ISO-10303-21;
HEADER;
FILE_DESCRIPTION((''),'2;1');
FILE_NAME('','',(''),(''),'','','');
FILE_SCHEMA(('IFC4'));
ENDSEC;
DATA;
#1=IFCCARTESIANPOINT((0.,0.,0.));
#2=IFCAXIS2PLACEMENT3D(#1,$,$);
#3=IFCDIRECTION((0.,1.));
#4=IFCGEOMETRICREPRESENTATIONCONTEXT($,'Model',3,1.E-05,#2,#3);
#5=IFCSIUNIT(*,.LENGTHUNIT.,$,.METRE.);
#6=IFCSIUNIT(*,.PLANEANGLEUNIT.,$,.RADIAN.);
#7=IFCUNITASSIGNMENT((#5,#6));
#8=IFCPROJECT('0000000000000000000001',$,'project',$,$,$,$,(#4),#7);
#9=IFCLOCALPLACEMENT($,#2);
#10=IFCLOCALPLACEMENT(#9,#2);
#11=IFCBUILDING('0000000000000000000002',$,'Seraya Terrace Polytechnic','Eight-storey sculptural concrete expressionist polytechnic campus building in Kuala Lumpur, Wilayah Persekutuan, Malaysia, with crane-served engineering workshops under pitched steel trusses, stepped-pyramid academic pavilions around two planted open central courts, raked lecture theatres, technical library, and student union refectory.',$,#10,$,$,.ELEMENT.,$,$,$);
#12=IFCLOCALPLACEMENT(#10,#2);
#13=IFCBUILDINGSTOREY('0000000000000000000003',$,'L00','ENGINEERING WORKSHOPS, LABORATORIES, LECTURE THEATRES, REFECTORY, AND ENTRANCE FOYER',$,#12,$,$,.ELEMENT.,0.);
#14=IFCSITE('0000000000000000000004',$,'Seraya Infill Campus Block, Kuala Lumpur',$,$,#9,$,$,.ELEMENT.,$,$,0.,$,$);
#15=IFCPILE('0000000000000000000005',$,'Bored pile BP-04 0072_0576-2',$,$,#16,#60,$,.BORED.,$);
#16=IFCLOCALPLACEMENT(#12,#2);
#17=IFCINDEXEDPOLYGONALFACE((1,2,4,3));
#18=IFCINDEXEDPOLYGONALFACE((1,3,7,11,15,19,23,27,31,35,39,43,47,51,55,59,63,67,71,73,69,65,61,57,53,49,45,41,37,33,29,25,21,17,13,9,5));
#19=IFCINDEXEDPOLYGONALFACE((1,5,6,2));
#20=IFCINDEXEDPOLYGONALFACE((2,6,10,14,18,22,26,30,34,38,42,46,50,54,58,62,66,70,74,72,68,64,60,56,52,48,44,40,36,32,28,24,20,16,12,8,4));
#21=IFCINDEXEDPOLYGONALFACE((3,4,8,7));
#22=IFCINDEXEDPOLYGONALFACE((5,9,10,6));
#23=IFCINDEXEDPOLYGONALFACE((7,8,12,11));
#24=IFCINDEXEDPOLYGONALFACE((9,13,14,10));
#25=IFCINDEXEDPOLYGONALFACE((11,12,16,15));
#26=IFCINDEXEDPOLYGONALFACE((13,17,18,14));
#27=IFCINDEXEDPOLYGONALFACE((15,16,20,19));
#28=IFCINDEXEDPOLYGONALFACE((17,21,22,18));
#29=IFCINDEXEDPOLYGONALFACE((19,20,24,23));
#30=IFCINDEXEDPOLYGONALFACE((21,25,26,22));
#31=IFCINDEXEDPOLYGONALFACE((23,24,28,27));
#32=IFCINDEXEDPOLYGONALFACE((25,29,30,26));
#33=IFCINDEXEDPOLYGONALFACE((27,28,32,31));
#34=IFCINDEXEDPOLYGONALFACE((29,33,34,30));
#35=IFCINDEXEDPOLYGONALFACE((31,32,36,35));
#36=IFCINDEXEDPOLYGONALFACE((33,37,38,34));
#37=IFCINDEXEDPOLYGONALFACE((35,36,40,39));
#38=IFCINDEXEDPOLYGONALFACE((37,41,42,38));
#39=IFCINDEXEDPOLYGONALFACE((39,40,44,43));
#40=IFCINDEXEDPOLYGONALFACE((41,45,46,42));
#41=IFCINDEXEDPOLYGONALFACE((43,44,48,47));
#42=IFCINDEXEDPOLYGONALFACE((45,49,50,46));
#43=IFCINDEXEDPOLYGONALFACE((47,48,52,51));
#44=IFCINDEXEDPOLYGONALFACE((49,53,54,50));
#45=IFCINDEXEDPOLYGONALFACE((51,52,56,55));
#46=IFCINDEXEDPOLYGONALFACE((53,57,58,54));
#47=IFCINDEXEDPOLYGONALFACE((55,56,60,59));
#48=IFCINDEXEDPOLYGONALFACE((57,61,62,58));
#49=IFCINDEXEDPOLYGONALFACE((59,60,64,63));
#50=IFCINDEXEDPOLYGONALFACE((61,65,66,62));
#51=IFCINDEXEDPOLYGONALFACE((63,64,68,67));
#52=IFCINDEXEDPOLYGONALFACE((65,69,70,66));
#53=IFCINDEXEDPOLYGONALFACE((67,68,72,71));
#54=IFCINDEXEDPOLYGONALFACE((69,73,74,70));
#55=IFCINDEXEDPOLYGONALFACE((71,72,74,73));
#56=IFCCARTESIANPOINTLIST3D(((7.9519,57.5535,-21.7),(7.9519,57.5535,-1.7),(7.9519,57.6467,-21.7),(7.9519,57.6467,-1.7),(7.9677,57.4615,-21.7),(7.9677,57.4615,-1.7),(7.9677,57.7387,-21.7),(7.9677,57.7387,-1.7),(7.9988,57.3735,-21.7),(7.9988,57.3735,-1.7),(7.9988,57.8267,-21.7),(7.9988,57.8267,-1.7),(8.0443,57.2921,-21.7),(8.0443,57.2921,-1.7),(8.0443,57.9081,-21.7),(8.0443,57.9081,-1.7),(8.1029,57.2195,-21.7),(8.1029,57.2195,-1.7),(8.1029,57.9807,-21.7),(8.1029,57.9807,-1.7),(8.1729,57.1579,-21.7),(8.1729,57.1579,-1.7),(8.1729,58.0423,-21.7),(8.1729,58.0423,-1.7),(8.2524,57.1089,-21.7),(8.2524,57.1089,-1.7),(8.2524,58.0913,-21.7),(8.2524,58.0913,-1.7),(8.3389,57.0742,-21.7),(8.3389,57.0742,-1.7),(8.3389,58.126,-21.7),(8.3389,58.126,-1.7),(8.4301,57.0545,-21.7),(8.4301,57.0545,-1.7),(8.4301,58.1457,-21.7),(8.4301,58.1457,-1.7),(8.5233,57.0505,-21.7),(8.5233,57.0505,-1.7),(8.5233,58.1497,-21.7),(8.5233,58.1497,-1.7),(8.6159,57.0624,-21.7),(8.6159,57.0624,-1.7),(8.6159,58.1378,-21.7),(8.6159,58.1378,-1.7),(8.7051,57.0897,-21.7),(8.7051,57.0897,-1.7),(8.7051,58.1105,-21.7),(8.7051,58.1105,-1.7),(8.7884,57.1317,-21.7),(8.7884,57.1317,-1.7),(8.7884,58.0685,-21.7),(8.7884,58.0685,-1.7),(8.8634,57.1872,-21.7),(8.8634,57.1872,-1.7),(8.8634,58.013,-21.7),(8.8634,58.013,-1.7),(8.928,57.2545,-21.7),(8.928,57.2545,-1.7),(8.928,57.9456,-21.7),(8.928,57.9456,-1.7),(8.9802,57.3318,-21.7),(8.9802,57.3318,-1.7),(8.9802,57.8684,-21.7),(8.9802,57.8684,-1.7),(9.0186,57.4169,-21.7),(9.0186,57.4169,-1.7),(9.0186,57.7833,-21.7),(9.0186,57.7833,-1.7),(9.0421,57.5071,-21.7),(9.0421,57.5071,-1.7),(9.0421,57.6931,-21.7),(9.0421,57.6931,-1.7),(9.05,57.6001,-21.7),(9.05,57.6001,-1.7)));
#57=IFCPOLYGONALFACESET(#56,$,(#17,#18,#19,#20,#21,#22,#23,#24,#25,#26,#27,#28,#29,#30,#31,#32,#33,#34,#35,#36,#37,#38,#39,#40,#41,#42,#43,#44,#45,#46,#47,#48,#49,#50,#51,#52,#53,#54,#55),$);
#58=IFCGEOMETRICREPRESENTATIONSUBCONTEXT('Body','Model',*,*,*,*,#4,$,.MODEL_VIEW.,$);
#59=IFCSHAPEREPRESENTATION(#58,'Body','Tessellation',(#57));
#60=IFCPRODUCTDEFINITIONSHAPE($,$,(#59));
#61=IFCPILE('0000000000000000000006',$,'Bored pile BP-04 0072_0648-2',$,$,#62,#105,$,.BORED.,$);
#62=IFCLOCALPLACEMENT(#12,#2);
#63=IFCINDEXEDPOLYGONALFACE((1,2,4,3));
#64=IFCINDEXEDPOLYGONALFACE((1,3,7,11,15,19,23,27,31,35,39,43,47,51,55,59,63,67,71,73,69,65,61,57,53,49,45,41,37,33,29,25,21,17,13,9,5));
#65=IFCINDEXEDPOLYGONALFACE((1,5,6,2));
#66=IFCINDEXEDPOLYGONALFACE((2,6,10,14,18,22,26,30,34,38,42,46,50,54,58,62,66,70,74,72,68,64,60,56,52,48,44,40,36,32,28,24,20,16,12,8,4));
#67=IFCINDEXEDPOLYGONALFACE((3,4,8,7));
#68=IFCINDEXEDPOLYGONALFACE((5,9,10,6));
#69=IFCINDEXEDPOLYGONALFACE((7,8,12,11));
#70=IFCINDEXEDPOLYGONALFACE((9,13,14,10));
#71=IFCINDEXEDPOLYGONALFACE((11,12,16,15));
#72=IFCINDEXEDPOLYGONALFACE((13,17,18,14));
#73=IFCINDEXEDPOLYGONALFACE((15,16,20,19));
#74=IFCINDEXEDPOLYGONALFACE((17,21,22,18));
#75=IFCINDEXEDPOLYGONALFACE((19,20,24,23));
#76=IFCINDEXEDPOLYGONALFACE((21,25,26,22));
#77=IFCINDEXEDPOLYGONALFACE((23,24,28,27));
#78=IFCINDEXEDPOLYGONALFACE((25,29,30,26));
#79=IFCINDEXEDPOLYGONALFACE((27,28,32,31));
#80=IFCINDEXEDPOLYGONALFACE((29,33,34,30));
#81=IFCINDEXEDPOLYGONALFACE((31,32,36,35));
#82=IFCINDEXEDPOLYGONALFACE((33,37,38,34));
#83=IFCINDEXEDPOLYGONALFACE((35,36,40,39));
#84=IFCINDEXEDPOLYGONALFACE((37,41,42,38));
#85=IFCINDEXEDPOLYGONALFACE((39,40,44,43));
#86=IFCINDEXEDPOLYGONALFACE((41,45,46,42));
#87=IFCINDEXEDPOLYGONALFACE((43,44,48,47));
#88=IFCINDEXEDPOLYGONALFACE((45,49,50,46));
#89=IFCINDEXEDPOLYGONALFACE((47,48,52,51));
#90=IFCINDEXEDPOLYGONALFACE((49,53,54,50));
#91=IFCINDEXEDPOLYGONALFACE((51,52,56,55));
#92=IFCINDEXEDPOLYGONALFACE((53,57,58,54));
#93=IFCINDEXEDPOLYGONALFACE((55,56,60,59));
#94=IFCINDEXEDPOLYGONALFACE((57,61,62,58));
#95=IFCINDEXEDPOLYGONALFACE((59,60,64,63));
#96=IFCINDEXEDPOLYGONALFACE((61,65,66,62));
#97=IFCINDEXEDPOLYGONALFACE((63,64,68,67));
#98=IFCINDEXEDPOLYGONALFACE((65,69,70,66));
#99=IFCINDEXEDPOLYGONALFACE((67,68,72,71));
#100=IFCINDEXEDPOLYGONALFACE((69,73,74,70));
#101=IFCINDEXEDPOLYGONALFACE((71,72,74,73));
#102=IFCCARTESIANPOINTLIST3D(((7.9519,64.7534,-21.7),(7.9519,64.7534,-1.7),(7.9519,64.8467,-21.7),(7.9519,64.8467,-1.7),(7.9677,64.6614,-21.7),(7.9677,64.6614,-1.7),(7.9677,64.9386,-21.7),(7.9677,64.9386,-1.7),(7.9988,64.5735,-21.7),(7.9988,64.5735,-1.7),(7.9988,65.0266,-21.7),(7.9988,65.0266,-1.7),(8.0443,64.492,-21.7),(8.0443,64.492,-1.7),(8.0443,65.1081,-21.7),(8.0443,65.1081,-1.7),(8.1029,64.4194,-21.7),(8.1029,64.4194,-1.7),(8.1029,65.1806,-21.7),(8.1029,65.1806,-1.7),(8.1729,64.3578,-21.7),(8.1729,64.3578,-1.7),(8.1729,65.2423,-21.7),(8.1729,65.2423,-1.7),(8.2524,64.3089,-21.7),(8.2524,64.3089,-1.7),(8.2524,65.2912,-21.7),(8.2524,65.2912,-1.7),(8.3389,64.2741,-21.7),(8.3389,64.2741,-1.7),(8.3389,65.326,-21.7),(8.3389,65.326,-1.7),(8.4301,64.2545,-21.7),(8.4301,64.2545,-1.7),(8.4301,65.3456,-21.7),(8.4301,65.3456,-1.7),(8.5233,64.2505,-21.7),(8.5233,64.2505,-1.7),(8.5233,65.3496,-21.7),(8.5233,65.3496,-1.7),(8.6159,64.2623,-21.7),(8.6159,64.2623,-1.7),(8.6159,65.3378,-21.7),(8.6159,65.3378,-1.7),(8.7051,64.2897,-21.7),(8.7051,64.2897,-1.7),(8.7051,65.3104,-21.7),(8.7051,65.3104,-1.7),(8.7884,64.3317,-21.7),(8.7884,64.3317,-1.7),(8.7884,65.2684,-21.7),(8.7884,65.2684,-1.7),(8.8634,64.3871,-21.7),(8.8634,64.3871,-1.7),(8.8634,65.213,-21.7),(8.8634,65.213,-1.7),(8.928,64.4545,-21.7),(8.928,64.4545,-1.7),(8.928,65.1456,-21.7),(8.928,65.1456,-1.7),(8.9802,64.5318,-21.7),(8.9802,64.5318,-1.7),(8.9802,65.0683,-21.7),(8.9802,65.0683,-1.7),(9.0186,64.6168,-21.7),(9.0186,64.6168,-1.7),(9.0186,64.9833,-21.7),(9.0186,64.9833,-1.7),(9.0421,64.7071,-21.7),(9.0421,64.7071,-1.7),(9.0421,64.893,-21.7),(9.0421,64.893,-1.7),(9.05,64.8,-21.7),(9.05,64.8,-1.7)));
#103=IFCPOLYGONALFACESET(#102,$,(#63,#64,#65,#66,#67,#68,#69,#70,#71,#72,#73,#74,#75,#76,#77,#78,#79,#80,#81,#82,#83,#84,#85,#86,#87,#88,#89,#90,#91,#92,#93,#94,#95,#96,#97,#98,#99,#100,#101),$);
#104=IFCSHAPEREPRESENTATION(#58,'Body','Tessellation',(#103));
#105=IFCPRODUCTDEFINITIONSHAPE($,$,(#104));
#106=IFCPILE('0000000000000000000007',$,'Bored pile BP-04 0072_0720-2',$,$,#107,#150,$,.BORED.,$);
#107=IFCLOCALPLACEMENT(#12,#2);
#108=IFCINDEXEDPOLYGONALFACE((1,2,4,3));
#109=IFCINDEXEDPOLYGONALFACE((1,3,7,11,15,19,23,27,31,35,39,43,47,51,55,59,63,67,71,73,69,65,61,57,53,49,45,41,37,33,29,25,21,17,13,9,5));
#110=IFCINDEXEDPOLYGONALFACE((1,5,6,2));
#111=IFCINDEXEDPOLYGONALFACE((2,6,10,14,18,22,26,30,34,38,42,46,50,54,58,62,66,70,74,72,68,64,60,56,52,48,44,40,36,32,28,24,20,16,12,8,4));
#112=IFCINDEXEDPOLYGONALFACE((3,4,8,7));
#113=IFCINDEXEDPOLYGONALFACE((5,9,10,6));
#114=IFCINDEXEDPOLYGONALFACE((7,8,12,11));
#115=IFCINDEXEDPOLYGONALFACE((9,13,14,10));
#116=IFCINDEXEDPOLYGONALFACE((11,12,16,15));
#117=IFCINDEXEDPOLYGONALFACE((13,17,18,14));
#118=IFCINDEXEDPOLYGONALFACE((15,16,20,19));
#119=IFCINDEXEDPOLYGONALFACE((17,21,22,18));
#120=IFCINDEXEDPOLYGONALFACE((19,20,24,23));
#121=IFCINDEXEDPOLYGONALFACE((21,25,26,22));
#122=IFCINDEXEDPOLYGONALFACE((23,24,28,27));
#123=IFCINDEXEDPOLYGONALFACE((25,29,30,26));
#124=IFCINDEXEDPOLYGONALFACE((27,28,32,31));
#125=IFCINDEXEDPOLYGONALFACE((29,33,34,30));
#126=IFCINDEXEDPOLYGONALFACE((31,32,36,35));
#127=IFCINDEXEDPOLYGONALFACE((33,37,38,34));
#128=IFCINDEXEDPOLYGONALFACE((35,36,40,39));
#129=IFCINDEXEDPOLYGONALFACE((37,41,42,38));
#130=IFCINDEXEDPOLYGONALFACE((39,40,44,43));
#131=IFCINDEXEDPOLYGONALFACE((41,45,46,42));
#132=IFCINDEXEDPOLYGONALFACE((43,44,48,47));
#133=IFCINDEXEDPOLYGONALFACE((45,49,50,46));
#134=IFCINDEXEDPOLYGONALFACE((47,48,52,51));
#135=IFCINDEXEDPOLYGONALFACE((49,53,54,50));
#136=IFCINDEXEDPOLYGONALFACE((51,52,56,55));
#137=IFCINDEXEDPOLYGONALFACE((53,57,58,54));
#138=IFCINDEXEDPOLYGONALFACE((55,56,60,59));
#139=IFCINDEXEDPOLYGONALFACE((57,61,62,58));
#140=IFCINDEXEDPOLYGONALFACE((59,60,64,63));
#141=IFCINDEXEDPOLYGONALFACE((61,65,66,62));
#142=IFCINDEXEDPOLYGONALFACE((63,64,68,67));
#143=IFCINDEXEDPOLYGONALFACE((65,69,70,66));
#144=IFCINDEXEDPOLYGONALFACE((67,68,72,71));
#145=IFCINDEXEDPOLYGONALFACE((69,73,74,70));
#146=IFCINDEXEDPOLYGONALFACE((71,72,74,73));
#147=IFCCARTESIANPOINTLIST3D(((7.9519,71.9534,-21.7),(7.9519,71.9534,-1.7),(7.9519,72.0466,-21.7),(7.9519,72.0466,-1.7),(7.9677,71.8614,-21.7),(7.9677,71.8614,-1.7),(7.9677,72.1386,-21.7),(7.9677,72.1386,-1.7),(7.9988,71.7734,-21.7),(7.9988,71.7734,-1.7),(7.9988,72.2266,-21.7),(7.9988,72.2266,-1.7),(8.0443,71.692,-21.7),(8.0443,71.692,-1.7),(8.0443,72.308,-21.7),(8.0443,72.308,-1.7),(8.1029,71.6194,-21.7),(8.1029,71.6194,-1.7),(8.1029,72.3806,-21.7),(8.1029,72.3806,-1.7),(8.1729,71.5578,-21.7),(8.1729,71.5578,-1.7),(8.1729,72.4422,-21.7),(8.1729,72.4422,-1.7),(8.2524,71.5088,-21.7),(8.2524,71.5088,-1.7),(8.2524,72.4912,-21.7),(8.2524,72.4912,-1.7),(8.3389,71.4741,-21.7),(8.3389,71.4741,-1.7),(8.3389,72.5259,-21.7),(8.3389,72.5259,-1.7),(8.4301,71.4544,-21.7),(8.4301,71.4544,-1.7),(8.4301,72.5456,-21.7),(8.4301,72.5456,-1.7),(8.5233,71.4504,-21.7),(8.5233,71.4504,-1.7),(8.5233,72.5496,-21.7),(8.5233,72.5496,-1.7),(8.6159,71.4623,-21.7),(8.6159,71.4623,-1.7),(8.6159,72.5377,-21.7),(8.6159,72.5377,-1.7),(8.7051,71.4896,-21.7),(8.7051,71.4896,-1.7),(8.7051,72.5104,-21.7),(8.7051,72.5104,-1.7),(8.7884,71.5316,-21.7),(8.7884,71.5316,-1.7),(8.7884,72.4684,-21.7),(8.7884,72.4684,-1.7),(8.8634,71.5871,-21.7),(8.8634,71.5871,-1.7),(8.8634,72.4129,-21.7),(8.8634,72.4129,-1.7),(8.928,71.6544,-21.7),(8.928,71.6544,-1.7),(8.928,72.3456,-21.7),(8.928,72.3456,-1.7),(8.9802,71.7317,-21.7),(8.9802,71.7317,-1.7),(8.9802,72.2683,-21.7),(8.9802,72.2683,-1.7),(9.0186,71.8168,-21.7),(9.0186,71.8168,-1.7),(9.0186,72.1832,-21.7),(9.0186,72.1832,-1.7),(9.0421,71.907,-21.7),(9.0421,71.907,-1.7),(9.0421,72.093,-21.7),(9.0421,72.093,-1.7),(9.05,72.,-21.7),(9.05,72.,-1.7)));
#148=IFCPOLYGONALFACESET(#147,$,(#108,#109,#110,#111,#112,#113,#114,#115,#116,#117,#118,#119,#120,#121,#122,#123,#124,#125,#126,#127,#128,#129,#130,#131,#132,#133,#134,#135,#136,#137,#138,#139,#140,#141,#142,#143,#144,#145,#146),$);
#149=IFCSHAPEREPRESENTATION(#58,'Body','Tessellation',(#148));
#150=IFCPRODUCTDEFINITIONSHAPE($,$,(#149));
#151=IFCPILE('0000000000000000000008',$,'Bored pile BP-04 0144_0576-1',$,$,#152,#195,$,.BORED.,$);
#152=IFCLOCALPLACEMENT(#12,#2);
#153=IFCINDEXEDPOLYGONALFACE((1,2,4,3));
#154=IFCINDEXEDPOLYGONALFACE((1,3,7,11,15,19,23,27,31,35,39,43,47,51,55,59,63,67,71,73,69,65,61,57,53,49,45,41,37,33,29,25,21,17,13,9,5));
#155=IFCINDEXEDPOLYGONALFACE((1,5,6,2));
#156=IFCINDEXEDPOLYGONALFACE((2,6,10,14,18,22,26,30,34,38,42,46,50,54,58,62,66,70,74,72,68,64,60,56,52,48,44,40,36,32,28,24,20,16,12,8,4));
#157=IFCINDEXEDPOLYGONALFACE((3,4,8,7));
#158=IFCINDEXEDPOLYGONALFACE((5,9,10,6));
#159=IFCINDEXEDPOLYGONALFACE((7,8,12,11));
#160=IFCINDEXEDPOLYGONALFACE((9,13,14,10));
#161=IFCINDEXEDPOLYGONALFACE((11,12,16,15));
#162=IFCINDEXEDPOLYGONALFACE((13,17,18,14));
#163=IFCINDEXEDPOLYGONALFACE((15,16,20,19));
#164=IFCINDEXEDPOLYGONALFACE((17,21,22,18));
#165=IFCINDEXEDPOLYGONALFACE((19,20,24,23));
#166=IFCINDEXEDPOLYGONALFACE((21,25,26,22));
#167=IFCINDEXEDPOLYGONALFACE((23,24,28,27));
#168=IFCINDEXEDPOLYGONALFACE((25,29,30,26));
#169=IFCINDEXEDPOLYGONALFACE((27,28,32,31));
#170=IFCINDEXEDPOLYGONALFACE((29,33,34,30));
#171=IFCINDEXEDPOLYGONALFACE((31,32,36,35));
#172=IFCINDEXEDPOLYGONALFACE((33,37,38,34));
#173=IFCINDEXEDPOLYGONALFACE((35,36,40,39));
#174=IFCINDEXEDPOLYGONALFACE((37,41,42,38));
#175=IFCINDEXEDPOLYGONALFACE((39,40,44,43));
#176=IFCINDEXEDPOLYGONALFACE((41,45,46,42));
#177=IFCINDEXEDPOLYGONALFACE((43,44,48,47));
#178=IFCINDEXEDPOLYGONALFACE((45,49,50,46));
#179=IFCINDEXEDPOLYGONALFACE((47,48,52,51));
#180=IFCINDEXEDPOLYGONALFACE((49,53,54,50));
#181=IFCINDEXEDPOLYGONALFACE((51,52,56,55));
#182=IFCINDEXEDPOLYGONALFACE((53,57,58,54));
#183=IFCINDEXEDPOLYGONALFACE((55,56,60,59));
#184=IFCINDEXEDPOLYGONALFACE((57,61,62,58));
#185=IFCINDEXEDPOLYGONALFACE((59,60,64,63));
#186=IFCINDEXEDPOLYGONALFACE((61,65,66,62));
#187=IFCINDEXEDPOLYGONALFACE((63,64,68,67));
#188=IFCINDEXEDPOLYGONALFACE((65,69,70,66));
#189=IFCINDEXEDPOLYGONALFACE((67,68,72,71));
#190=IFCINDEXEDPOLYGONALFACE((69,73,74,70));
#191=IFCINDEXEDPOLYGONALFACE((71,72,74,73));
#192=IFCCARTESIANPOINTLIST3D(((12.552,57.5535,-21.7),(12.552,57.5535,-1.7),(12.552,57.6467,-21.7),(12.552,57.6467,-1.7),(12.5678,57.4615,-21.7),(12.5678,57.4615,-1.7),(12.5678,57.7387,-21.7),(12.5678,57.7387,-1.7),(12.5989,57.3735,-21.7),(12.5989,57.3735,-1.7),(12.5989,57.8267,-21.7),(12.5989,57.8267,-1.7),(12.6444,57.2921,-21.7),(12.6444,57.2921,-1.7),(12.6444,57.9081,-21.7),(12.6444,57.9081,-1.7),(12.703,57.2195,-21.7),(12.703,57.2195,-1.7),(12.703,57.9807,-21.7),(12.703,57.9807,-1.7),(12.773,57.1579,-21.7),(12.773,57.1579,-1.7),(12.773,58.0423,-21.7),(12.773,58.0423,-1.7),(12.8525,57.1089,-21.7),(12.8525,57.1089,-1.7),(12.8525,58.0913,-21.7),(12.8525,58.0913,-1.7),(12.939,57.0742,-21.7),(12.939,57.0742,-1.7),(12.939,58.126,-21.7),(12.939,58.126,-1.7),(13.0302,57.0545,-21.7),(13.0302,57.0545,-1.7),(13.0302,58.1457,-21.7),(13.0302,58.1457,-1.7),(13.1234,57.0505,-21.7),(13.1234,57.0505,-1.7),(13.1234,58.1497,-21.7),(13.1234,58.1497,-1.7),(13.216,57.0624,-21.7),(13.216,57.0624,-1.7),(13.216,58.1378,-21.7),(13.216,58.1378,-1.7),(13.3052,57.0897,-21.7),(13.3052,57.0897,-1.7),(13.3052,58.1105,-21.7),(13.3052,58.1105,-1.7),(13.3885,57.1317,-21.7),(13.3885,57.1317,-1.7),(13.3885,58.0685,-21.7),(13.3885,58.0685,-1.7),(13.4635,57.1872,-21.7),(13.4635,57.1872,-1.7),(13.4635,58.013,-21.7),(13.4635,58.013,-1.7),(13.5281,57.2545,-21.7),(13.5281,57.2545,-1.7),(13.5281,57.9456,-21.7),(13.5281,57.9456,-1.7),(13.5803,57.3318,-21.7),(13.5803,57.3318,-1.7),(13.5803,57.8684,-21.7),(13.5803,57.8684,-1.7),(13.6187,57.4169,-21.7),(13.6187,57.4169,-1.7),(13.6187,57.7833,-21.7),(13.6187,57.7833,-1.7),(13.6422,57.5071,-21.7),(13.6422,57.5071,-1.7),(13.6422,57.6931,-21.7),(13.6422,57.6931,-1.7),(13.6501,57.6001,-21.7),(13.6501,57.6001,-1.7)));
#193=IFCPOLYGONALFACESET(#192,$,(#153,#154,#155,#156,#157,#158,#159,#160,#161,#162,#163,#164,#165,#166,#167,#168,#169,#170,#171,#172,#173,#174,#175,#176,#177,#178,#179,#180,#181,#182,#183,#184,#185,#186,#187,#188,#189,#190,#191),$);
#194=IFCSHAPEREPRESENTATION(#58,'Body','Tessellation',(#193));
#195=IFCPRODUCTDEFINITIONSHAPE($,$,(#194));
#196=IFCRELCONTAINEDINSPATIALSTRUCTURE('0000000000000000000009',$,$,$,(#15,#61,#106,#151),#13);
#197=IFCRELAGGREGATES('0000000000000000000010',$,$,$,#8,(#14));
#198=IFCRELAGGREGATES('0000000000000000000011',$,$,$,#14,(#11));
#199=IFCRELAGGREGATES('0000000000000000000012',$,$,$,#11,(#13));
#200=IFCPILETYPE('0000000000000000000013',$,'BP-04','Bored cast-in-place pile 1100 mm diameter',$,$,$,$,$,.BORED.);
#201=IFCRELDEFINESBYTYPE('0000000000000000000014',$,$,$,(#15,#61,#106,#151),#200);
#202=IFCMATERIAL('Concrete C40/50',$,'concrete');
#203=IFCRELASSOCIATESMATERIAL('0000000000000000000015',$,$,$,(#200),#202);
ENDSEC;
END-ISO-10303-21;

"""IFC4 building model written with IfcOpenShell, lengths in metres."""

from ifc_helpers import new_model, si_unit, direction, frame, origin, origin_2d, place, context, subcontext, project, spatial, circle, extrude, material, material_profile, profile_set, type_object, element, save


model = new_model("IFC4")

# Units and contexts
model_context = context("Model", 3, precision=1e-05, world=origin(), true_north=direction((0.0, 1.0)))
body_context = subcontext(model_context, "Body", "Model", "MODEL_VIEW")
ifc_project = project(units=[si_unit("LENGTHUNIT", "METRE"), si_unit("PLANEANGLEUNIT", "RADIAN")], contexts=[model_context])

# Site, building, storey
site_placement = place(None, origin())
site = spatial("IfcSite", under=ifc_project, at=site_placement, Name="Seraya Infill Campus Block, Kuala Lumpur", CompositionType="ELEMENT", RefElevation=0.0)
building_placement = place(site_placement, origin())
building = spatial("IfcBuilding", under=site, at=building_placement, Name="Seraya Terrace Polytechnic", Description="Eight-storey sculptural concrete expressionist polytechnic campus building in Kuala Lumpur, Wilayah Persekutuan, Malaysia, with crane-served engineering workshops under pitched steel trusses, stepped-pyramid academic pavilions around two planted open central courts, raked lecture theatres, technical library, and student union refectory.", CompositionType="ELEMENT")
storey_placement = place(building_placement, origin())
storey = spatial("IfcBuildingStorey", under=building, at=storey_placement, Name="L00", Description="ENGINEERING WORKSHOPS, LABORATORIES, LECTURE THEATRES, REFECTORY, AND ENTRANCE FOYER", CompositionType="ELEMENT", Elevation=0.0)

# Piles
ifc_material_1 = material(Name="Concrete C40/50", Category="concrete")
ifc_material_profile_1 = material_profile(ifc_material_1, circle(Radius=0.55, at=origin_2d()), Name="DIA 1100")
ifc_profile_set_1 = profile_set([ifc_material_profile_1], Name="Concrete C40/50")
pile_type = type_object("IfcPileType", Name="BP-04", Description="Bored cast-in-place pile 1100 mm diameter", PredefinedType="BORED", material=ifc_profile_set_1)
for number, where, z_axis, x_axis, name in (
    (1, (8.5, 57.6001, -1.7), (0.0, 0.0, -1.0), (1.0, 0.0, 0.0), "Bored pile BP-04 0072_0576-2"),
    (2, (8.5, 64.8, -1.7), (0.0, 0.0, -1.0), (1.0, 0.0, 0.0), "Bored pile BP-04 0072_0648-2"),
    (3, (8.5, 72.0, -1.7), (0.0, 0.0, -1.0), (1.0, 0.0, 0.0), "Bored pile BP-04 0072_0720-2"),
    (4, (13.1001, 57.6001, -1.7), (0.0, 0.0, -1.0), (1.0, 0.0, 0.0), "Bored pile BP-04 0144_0576-1"),
):
    element("IfcPile", number, at=place(storey_placement, frame(where, z_axis=z_axis, x_axis=x_axis)), inside=storey, type_object=pile_type, Name=name, PredefinedType="BORED", context=body_context, shape_type="SweptSolid", body=[
        extrude(circle(Radius=0.55, at=origin_2d()), origin(), (0.0, 0.0, 1.0), 20.0),
    ])

save(model, "model.ifc")
